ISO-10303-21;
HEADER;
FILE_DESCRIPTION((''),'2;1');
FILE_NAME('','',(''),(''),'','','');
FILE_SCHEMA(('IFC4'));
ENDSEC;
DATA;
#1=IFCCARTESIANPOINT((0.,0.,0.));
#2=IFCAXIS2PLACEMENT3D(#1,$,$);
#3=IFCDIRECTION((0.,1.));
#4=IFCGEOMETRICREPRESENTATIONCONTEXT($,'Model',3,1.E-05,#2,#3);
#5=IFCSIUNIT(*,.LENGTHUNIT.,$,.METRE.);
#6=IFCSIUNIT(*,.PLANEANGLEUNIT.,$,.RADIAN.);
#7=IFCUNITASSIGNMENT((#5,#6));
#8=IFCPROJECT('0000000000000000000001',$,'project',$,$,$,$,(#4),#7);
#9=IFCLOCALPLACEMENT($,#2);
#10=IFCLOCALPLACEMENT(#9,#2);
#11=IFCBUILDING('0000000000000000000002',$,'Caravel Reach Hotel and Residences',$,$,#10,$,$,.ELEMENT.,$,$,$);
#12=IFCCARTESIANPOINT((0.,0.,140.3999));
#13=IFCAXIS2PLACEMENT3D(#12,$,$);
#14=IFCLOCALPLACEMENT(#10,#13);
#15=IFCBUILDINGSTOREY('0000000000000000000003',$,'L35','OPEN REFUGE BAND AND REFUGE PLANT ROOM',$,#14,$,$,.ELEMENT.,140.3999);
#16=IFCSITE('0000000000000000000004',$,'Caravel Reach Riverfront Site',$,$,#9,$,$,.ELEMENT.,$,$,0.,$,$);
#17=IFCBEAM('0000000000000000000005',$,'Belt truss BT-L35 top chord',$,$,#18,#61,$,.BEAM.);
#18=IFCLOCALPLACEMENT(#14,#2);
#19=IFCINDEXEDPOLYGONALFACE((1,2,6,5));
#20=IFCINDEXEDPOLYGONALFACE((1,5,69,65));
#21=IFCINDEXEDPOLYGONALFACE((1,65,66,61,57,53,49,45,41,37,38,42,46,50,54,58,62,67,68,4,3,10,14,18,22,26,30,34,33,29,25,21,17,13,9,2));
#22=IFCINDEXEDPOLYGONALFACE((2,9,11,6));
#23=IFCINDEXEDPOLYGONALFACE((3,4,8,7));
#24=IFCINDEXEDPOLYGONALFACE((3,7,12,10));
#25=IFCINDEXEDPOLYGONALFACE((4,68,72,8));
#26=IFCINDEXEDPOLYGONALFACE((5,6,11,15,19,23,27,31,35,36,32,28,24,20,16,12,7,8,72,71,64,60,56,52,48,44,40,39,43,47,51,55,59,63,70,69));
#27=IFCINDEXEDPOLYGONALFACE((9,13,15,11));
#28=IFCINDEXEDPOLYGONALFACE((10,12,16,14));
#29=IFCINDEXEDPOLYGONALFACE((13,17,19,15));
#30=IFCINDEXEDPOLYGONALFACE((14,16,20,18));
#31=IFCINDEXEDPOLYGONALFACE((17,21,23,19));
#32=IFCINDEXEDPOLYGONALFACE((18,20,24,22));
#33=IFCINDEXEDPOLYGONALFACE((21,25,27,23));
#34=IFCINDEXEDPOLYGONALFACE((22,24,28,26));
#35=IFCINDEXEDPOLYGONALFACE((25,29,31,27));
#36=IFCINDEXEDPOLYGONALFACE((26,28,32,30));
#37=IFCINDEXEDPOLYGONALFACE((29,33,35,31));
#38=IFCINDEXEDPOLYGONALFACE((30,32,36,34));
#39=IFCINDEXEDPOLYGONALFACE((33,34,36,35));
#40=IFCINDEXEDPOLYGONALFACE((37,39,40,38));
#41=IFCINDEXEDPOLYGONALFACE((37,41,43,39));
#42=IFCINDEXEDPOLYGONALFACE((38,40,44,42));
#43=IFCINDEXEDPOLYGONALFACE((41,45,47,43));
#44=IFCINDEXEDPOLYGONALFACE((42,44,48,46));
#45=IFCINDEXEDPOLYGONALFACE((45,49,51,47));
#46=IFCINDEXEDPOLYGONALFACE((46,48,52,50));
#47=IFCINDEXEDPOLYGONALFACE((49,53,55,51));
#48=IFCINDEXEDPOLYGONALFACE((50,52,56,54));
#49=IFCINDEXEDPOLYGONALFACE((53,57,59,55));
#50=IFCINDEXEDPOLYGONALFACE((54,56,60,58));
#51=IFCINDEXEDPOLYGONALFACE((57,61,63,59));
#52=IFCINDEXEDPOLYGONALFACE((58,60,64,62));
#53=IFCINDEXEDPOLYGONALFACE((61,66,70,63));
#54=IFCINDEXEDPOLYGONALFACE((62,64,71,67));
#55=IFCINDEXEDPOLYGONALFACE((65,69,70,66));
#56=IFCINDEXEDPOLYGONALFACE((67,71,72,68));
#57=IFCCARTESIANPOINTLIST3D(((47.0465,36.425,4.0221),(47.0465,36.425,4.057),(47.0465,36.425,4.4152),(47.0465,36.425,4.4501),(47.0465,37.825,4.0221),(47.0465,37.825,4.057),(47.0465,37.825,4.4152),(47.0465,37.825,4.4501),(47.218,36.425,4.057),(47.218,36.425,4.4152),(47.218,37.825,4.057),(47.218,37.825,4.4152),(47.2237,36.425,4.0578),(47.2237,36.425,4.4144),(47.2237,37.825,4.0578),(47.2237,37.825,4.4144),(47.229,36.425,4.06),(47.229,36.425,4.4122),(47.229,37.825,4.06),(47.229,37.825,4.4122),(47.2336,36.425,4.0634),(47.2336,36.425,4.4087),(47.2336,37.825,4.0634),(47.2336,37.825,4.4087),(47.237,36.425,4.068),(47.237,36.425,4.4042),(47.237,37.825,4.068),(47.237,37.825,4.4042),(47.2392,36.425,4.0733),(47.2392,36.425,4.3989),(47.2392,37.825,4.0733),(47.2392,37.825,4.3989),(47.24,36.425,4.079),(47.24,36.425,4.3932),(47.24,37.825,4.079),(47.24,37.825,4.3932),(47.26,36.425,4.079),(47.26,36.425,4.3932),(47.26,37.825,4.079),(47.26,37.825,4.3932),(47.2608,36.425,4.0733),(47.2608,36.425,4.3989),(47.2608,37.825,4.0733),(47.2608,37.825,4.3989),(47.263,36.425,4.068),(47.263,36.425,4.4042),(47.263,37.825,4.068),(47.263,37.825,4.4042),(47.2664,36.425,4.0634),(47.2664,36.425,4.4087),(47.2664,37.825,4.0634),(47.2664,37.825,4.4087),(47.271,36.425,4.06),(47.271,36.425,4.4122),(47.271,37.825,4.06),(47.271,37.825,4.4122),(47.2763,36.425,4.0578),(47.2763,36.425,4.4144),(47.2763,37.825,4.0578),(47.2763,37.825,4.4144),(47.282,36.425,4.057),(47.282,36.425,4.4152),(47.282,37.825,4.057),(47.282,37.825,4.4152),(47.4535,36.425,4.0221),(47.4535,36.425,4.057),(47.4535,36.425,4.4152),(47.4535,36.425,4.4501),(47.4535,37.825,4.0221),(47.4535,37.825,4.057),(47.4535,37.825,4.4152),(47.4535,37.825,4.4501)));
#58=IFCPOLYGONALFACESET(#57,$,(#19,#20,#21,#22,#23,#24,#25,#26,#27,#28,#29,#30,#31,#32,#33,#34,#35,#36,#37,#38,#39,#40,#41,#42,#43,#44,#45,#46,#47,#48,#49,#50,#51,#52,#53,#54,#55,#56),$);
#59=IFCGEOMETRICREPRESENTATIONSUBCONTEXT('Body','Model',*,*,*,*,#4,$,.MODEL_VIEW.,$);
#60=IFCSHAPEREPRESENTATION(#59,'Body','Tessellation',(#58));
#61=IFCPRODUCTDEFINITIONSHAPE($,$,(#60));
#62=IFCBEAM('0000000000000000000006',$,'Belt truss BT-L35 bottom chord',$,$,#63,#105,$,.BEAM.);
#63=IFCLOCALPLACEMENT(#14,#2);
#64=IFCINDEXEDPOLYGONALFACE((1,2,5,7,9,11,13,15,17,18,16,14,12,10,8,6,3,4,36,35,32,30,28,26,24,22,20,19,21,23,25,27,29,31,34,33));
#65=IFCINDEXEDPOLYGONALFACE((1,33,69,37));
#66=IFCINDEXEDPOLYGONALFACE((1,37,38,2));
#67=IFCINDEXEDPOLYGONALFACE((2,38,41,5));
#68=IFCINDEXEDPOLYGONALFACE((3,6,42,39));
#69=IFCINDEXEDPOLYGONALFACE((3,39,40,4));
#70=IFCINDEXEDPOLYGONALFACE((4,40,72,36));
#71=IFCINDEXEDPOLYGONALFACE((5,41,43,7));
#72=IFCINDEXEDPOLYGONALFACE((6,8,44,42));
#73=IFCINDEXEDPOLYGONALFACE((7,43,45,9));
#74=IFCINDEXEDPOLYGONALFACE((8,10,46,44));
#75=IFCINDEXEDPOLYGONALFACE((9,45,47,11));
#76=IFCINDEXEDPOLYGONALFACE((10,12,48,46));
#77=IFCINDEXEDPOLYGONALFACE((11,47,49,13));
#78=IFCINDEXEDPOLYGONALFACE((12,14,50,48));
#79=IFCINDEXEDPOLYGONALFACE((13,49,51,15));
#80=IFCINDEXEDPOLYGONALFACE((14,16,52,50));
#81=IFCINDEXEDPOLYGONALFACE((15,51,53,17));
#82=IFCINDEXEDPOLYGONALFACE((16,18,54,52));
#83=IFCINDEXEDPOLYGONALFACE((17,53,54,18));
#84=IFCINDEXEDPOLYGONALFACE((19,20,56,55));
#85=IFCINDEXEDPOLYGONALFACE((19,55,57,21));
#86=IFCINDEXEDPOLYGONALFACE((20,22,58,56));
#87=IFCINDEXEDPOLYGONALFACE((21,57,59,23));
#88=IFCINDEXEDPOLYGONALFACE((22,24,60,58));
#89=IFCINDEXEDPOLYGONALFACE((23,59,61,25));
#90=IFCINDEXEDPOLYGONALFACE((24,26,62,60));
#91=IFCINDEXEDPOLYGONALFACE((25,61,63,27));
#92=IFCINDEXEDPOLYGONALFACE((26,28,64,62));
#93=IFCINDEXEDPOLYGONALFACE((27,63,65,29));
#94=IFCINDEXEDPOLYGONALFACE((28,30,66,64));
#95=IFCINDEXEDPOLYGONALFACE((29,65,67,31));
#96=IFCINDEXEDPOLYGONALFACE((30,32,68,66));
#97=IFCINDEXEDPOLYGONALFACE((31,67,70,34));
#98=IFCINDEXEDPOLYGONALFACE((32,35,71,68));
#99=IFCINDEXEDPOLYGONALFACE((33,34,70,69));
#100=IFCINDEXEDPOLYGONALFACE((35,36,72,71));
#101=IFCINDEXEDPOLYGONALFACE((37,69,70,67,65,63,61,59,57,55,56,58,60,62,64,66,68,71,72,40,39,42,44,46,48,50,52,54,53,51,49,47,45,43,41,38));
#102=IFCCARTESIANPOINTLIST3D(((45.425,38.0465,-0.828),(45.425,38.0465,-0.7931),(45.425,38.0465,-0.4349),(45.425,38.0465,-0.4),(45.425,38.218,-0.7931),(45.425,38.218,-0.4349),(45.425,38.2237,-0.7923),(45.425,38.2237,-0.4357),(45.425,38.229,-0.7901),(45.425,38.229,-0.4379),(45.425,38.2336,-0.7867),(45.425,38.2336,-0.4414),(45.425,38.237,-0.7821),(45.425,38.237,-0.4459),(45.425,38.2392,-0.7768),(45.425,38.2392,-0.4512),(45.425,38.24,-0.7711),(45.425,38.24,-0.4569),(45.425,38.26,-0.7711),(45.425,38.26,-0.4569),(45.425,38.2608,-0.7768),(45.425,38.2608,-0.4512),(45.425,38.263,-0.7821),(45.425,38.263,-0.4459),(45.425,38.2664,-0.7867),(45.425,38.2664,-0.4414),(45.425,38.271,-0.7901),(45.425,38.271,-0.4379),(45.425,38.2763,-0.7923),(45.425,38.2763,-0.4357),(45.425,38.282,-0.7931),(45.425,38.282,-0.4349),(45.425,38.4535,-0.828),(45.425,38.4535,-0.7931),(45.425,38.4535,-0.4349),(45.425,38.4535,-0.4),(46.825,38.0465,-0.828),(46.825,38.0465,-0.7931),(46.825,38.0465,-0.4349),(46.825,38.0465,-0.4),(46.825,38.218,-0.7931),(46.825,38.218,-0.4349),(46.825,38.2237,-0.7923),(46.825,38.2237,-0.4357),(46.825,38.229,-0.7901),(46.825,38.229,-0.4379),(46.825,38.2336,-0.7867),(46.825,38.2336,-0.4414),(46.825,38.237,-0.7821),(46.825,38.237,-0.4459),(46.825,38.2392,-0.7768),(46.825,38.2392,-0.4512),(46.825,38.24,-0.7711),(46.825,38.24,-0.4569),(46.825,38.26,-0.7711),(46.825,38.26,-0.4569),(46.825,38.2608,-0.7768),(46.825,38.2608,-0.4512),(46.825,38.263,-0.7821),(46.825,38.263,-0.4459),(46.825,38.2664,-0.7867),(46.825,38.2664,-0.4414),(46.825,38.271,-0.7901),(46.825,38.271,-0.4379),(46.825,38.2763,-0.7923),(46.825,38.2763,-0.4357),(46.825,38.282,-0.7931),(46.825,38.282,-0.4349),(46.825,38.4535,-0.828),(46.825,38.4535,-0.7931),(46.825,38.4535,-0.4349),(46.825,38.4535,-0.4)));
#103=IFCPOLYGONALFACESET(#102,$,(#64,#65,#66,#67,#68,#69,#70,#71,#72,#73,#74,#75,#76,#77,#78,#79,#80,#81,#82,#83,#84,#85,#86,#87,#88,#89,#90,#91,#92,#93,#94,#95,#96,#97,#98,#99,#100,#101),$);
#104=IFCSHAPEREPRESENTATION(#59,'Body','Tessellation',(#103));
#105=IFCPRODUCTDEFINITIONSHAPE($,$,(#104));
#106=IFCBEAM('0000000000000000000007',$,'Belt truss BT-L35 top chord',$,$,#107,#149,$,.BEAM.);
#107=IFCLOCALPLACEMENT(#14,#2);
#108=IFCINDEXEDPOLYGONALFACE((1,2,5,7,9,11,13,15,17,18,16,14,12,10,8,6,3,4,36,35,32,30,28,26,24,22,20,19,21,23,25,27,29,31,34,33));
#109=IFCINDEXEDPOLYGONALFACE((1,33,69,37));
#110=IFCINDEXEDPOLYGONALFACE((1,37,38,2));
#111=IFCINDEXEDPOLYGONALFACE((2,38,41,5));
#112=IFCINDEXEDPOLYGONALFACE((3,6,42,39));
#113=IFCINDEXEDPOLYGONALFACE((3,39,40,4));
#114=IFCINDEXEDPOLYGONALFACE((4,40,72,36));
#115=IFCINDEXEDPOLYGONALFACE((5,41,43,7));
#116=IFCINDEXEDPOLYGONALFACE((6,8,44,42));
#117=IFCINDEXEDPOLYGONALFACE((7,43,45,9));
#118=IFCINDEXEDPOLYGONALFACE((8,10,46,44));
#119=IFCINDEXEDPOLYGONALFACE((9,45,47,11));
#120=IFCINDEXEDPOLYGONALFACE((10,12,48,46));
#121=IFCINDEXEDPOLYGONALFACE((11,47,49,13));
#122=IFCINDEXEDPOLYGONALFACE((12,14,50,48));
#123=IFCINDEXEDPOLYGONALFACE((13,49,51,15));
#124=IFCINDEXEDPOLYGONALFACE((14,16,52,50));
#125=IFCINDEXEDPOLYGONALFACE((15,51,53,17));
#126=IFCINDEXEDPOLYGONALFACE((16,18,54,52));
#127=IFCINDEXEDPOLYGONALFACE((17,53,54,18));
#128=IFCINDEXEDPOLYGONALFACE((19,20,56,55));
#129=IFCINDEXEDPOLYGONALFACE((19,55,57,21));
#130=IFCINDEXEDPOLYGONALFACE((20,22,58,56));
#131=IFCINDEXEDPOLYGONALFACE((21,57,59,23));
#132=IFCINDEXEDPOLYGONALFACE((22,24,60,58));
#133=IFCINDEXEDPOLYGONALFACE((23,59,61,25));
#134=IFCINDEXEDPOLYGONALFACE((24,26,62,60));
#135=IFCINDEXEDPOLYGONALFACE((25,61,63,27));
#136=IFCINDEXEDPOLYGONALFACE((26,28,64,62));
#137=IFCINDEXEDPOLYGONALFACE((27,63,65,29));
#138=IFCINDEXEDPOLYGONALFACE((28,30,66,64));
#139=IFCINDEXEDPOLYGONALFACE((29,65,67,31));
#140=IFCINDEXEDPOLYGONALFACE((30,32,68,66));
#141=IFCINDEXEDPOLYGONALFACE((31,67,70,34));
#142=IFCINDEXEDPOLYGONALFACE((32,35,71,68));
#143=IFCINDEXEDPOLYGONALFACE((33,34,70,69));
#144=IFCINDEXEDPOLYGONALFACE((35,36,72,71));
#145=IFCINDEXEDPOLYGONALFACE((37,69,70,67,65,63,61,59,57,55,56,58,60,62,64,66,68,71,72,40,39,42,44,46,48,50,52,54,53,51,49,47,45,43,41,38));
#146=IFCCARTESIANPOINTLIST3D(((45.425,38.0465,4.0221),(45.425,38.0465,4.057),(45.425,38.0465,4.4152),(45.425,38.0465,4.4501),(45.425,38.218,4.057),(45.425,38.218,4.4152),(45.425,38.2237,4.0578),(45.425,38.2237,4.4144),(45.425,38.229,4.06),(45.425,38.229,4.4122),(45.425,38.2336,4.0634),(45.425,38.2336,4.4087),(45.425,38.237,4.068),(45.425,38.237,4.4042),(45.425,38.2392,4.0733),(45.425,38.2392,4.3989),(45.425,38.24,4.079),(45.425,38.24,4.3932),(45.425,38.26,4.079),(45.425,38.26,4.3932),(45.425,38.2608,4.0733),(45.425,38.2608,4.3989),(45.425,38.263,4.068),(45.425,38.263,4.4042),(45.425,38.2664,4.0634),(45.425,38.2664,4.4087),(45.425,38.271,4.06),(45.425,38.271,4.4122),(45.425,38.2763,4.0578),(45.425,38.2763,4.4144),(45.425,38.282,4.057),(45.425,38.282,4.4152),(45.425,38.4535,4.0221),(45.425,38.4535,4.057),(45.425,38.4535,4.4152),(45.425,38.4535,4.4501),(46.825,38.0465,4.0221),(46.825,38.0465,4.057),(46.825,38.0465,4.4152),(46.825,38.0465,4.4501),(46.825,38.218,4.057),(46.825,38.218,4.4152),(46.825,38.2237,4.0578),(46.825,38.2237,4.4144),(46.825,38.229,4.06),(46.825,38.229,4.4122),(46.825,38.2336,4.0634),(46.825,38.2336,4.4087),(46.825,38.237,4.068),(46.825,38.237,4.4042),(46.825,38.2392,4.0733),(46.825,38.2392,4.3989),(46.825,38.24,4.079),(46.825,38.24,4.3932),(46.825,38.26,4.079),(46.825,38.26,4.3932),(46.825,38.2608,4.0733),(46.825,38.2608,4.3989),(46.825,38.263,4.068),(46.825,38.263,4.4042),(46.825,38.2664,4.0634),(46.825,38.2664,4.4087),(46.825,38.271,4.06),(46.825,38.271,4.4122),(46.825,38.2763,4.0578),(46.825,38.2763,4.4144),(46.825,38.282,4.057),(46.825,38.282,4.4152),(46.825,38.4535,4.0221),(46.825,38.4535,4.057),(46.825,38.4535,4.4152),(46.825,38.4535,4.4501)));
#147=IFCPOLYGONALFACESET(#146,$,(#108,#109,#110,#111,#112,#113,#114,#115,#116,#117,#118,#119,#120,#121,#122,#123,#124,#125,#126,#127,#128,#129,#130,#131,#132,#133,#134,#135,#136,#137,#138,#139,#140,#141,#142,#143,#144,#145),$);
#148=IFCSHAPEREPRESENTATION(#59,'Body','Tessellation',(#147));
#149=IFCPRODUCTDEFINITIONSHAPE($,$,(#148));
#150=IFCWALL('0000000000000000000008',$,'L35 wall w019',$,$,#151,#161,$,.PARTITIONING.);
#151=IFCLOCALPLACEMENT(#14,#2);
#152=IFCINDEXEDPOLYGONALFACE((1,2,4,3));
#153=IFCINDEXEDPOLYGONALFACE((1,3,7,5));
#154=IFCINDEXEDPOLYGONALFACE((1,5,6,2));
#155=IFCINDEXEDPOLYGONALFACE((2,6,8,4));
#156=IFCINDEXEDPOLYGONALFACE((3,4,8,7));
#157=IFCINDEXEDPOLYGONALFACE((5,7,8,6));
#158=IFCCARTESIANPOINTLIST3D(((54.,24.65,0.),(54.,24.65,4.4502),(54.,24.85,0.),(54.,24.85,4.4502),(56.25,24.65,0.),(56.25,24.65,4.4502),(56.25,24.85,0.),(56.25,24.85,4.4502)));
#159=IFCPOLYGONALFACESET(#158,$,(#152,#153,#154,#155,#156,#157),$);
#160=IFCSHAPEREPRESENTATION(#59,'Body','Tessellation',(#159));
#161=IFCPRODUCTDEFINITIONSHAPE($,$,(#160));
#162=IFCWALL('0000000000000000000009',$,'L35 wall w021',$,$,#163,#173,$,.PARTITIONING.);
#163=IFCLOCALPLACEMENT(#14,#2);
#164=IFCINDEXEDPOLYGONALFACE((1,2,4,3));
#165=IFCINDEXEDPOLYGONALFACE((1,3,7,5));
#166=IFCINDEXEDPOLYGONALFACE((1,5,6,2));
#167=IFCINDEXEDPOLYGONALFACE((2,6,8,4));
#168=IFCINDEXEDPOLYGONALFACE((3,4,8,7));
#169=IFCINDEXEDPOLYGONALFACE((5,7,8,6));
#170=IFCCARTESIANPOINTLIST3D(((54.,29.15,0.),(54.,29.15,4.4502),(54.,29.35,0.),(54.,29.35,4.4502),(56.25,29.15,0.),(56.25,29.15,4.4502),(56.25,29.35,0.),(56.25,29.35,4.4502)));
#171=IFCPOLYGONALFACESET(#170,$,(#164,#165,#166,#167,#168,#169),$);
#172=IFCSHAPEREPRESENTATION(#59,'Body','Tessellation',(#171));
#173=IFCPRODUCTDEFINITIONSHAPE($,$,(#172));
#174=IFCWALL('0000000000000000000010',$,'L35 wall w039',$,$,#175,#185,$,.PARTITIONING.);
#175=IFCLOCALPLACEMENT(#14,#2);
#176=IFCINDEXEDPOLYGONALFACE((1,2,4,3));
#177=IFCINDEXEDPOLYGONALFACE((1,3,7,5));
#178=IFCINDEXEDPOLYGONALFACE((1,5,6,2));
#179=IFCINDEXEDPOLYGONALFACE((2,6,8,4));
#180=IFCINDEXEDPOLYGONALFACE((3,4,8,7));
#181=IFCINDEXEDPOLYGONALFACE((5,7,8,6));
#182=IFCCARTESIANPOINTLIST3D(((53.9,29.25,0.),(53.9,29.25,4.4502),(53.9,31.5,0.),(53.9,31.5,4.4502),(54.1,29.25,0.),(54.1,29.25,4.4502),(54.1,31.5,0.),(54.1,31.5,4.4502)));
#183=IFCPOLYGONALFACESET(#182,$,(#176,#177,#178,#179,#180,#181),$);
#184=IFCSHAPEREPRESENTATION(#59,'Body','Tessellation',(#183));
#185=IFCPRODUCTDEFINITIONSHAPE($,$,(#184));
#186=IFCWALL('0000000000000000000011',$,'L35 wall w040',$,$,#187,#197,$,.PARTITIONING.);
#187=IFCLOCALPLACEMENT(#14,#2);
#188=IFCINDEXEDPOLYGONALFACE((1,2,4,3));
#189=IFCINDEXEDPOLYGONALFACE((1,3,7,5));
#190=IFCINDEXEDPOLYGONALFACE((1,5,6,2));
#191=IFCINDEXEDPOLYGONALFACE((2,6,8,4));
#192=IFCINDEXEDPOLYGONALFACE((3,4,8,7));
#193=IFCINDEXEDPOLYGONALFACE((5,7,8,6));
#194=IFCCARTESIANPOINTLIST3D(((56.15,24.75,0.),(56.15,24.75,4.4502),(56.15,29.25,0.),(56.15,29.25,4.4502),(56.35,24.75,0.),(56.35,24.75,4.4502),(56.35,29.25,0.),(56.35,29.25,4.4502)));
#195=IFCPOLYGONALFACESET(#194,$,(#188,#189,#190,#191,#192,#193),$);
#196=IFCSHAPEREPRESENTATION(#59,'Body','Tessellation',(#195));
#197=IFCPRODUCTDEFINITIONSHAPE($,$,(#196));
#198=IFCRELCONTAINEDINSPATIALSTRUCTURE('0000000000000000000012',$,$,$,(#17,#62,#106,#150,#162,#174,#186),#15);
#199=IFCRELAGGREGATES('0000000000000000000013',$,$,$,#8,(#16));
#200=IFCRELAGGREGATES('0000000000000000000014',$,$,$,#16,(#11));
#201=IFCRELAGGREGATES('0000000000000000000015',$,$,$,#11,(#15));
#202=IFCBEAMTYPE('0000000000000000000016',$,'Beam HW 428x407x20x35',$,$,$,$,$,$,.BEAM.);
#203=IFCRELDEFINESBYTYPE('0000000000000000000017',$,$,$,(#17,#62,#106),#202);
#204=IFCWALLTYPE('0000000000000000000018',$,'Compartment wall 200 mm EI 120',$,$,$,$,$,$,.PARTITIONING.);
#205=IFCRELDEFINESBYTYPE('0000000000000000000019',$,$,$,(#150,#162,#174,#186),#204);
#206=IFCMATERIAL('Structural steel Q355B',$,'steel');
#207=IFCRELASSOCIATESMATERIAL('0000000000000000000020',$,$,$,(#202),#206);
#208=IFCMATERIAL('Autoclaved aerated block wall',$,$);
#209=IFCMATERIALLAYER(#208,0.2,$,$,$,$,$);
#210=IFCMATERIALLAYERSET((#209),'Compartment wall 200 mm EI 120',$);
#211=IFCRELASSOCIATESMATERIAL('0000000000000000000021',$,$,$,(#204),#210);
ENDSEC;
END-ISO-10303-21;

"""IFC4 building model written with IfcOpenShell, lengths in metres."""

from ifc_helpers import new_model, si_unit, direction, frame, frame_2d, origin, origin_2d, place, context, subcontext, project, spatial, rectangle, i_section, extrude, material, layer, layer_set, material_profile, profile_set, type_object, element, save


model = new_model("IFC4")

# Units and contexts
model_context = context("Model", 3, precision=1e-05, world=origin(), true_north=direction((0.0, 1.0)))
body_context = subcontext(model_context, "Body", "Model", "MODEL_VIEW")
ifc_project = project(units=[si_unit("LENGTHUNIT", "METRE"), si_unit("PLANEANGLEUNIT", "RADIAN")], contexts=[model_context])

# Site, building, storey
site_placement = place(None, origin())
site = spatial("IfcSite", under=ifc_project, at=site_placement, Name="Caravel Reach Riverfront Site", CompositionType="ELEMENT", RefElevation=0.0)
building_placement = place(site_placement, origin())
building = spatial("IfcBuilding", under=site, at=building_placement, Name="Caravel Reach Hotel and Residences", CompositionType="ELEMENT")
storey_placement = place(building_placement, frame((0.0, 0.0, 140.3999)))
storey = spatial("IfcBuildingStorey", under=building, at=storey_placement, Name="L35", Description="OPEN REFUGE BAND AND REFUGE PLANT ROOM", CompositionType="ELEMENT", Elevation=140.3999)

# Beams
ifc_material_1 = material(Name="Structural steel Q355B", Category="steel")
ifc_material_profile_1 = material_profile(ifc_material_1, i_section(OverallWidth=0.407, OverallDepth=0.428, WebThickness=0.02, FlangeThickness=0.0349, FilletRadius=0.022, at=origin_2d()), Name="HW 428x407x20x35")
ifc_profile_set_1 = profile_set([ifc_material_profile_1], Name="Structural steel Q355B")
beam_type_1 = type_object("IfcBeamType", Name="Beam HW 428x407x20x35", PredefinedType="BEAM", material=ifc_profile_set_1)
for number, where, z_axis, x_axis, name in (
    (1, (47.25, 36.425, 4.2361), (0.0, 1.0, 0.0), (-1.0, 0.0, 0.0), "Belt truss BT-L35 top chord"),
    (2, (46.825, 38.25, -0.614), (-1.0, 0.0, 0.0), (0.0, -1.0, 0.0), "Belt truss BT-L35 bottom chord"),
    (3, (46.825, 38.25, 4.2361), (-1.0, 0.0, 0.0), (0.0, -1.0, 0.0), "Belt truss BT-L35 top chord"),
):
    element("IfcBeam", number, at=place(storey_placement, frame(where, z_axis=z_axis, x_axis=x_axis)), inside=storey, type_object=beam_type_1, Name=name, PredefinedType="BEAM", context=body_context, shape_type="SweptSolid", body=[
        extrude(i_section(OverallWidth=0.407, OverallDepth=0.428, WebThickness=0.02, FlangeThickness=0.0349, FilletRadius=0.022, at=origin_2d()), origin(), (0.0, 0.0, 1.0), 1.3999),
    ])

# Walls
ifc_material_2 = material(Name="Autoclaved aerated block wall")
ifc_layer = layer(ifc_material_2, 0.2)
ifc_layer_set = layer_set([ifc_layer], Name="Compartment wall 200 mm EI 120")
wall_type = type_object("IfcWallType", Name="Compartment wall 200 mm EI 120", PredefinedType="PARTITIONING", material=ifc_layer_set)
for number, where, z_axis, x_axis, name in (
    (4, (54.0, 24.75, 0.0), (0.0, 0.0, 1.0), (1.0, 0.0, 0.0), "L35 wall w019"),
    (5, (54.0, 29.25, 0.0), (0.0, 0.0, 1.0), (1.0, 0.0, 0.0), "L35 wall w021"),
    (6, (54.0, 29.25, 0.0), (0.0, 0.0, 1.0), (0.0, 1.0, 0.0), "L35 wall w039"),
):
    element("IfcWall", number, at=place(storey_placement, frame(where, z_axis=z_axis, x_axis=x_axis)), inside=storey, type_object=wall_type, Name=name, PredefinedType="PARTITIONING", context=body_context, shape_type="SweptSolid", body=[
        extrude(rectangle(XDim=2.25, YDim=0.2, at=frame_2d((1.125, 0.0))), origin(), (0.0, 0.0, 1.0), 4.4502),
    ])
wall_placement = place(storey_placement, frame((56.25, 24.75, 0.0), z_axis=(0.0, 0.0, 1.0), x_axis=(0.0, 1.0, 0.0)))
element("IfcWall", 7, at=wall_placement, inside=storey, type_object=wall_type, Name="L35 wall w040", PredefinedType="PARTITIONING", context=body_context, shape_type="SweptSolid", body=[
    extrude(rectangle(XDim=4.5, YDim=0.2, at=frame_2d((2.25, 0.0))), origin(), (0.0, 0.0, 1.0), 4.4502),
])

save(model, "model.ifc")
